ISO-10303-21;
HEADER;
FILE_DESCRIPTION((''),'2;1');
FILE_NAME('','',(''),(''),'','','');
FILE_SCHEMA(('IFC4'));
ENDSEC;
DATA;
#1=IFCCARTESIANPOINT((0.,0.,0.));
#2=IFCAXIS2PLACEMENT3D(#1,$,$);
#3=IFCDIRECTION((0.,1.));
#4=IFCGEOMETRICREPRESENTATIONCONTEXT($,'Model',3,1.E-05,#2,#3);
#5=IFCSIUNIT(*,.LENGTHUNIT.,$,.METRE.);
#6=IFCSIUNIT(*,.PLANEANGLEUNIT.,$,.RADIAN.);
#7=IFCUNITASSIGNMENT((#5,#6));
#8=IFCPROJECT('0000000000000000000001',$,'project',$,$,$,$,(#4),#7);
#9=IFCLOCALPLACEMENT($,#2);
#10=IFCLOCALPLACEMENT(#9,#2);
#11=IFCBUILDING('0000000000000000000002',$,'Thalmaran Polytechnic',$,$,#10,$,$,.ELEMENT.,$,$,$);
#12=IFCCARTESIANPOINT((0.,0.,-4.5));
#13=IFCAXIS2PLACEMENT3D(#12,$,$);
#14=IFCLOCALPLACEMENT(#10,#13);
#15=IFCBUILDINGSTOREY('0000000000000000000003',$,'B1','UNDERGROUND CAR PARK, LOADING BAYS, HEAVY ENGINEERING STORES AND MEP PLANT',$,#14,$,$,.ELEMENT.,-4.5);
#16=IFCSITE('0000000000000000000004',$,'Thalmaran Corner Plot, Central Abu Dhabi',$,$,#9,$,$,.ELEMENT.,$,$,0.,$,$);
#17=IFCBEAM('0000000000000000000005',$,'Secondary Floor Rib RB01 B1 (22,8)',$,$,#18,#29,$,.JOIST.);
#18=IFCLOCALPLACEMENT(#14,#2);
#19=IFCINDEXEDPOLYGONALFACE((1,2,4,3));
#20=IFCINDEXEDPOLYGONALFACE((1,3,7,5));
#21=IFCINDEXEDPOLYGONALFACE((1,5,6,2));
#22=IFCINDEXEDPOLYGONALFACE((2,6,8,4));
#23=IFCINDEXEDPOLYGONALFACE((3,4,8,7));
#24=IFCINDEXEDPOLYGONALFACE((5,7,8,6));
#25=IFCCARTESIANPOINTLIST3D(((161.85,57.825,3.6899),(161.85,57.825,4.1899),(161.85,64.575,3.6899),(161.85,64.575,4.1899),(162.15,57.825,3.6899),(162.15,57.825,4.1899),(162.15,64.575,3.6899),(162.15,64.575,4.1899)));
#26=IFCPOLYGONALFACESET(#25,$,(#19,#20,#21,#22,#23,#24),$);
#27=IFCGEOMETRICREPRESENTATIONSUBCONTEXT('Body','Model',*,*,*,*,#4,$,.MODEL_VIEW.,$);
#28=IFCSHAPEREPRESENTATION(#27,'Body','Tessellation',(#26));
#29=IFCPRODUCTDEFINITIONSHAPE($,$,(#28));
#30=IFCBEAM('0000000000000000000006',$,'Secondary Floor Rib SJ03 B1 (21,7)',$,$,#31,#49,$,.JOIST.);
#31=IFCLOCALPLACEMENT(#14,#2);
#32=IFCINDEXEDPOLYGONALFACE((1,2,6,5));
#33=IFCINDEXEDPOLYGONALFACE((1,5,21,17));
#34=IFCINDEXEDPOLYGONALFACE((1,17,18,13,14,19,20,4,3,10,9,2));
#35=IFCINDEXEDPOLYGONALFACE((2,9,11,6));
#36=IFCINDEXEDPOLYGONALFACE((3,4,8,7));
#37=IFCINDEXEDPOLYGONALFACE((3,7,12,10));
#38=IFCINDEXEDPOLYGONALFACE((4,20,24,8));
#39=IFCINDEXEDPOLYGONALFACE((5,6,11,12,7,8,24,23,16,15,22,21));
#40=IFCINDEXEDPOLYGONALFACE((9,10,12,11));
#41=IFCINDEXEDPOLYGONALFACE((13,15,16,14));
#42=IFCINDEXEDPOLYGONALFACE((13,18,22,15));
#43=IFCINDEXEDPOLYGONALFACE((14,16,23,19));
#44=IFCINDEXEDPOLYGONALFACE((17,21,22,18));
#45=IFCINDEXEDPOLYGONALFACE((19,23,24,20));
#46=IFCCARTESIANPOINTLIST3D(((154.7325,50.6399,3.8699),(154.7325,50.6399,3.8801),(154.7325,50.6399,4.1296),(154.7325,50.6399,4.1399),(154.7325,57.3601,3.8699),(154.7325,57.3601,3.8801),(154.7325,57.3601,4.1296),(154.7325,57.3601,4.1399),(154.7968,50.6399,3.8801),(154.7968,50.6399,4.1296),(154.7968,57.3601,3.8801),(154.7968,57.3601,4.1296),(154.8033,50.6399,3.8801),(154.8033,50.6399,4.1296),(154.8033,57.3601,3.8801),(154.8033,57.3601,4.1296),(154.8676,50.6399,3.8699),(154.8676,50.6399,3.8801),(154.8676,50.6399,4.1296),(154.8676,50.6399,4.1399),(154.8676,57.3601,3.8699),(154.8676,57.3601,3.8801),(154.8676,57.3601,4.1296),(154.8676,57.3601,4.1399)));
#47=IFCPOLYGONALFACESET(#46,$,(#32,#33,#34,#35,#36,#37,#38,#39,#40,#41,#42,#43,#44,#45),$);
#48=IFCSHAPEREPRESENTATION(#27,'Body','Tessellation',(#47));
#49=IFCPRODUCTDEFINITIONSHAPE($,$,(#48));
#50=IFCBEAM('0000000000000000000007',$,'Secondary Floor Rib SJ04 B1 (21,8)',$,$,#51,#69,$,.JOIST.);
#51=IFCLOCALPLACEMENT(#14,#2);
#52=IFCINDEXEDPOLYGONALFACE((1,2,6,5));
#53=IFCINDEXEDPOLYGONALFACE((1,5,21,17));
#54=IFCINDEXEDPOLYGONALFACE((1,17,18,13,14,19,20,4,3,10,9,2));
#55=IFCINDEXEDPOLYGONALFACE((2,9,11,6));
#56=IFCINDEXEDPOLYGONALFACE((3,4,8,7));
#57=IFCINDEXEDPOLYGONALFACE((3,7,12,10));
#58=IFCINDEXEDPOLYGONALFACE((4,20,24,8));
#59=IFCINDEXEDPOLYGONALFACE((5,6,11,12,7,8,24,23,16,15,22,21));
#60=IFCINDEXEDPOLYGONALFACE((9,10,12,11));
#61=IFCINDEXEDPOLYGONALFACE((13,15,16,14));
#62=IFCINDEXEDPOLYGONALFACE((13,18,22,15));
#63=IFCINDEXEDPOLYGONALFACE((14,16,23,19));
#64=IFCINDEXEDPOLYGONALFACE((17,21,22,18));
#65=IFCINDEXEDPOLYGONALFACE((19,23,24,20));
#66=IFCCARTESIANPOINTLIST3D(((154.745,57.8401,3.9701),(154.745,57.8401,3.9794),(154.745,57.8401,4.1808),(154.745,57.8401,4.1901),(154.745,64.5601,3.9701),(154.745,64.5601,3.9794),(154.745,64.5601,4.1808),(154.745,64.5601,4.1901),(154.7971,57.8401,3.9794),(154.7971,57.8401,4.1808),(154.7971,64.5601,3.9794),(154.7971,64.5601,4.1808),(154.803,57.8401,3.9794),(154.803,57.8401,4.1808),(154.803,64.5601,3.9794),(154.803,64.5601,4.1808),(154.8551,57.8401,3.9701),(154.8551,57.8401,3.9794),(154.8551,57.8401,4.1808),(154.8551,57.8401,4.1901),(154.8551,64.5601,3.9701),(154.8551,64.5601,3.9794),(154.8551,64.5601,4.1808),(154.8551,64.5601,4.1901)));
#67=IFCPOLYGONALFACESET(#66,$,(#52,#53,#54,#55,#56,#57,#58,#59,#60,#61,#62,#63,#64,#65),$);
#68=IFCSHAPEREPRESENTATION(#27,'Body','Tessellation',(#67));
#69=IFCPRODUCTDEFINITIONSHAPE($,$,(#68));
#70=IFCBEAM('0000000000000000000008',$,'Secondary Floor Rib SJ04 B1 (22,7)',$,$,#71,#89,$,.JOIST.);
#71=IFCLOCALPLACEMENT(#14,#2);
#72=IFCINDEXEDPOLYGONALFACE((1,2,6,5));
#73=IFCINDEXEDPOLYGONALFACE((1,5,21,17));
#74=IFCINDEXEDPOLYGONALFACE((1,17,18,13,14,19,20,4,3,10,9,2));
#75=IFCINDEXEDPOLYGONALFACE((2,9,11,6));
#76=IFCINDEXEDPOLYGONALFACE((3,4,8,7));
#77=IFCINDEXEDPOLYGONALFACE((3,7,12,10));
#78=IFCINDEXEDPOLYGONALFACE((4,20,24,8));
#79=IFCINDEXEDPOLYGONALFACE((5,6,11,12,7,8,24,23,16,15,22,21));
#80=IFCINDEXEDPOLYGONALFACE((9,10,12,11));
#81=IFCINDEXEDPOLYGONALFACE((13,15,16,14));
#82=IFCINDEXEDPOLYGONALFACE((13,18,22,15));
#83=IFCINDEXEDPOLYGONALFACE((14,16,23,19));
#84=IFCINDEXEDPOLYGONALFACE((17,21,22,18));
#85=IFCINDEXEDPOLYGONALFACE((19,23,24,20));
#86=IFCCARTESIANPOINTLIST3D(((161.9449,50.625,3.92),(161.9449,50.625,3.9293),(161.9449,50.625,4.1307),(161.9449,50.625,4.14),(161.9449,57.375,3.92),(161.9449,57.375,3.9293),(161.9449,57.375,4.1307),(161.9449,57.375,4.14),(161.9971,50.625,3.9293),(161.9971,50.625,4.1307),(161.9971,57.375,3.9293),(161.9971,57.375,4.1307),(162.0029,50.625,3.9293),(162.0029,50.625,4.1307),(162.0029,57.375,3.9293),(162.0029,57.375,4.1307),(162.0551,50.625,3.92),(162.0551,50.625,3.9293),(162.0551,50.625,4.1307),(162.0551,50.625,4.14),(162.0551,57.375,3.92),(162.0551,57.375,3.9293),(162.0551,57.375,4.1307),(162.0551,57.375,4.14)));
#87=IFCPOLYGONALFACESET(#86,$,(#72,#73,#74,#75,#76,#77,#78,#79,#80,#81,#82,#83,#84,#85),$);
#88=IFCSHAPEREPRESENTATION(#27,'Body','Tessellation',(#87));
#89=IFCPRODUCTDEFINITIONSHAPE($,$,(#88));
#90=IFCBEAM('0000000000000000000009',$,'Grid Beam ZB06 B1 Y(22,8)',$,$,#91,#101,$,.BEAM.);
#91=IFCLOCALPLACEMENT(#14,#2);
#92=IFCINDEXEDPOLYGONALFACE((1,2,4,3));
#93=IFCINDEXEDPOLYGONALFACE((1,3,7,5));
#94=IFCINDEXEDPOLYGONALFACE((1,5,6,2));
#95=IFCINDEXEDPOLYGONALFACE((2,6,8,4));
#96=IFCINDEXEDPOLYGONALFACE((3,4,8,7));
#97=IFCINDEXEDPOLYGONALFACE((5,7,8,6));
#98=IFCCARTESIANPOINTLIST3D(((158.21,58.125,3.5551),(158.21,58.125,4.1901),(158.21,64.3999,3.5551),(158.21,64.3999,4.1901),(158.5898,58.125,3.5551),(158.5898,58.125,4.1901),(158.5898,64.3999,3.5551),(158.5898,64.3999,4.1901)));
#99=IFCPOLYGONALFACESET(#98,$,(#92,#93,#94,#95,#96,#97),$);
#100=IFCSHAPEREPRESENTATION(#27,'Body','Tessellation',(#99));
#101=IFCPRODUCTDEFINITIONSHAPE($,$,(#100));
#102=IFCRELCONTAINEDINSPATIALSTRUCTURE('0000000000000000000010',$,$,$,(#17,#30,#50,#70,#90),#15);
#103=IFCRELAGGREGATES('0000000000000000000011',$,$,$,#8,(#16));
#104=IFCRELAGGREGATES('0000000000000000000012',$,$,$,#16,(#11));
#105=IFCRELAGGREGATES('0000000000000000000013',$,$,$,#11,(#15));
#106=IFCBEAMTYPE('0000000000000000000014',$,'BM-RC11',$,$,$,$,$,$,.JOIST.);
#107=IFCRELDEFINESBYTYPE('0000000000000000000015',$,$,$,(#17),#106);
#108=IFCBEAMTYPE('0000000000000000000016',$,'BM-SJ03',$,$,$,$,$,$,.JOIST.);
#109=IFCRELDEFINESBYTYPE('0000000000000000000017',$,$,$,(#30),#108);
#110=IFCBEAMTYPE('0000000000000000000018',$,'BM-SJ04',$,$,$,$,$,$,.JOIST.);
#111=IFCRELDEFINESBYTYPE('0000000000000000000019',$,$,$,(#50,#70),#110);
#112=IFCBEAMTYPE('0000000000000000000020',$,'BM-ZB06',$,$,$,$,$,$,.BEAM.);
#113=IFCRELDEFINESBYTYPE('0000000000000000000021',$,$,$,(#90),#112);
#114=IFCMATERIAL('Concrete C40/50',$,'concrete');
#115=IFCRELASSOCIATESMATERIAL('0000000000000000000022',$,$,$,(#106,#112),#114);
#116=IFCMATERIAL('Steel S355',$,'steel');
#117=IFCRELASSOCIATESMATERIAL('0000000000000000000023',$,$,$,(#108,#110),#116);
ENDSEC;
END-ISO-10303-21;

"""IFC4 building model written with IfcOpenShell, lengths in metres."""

from ifc_helpers import new_model, si_unit, direction, frame, origin, origin_2d, place, context, subcontext, project, spatial, rectangle, i_section, extrude, material, material_profile, profile_set, type_object, element, save


model = new_model("IFC4")

# Units and contexts
model_context = context("Model", 3, precision=1e-05, world=origin(), true_north=direction((0.0, 1.0)))
body_context = subcontext(model_context, "Body", "Model", "MODEL_VIEW")
ifc_project = project(units=[si_unit("LENGTHUNIT", "METRE"), si_unit("PLANEANGLEUNIT", "RADIAN")], contexts=[model_context])

# Site, building, storey
site_placement = place(None, origin())
site = spatial("IfcSite", under=ifc_project, at=site_placement, Name="Thalmaran Corner Plot, Central Abu Dhabi", CompositionType="ELEMENT", RefElevation=0.0)
building_placement = place(site_placement, origin())
building = spatial("IfcBuilding", under=site, at=building_placement, Name="Thalmaran Polytechnic", CompositionType="ELEMENT")
storey_placement = place(building_placement, frame((0.0, 0.0, -4.5)))
storey = spatial("IfcBuildingStorey", under=building, at=storey_placement, Name="B1", Description="UNDERGROUND CAR PARK, LOADING BAYS, HEAVY ENGINEERING STORES AND MEP PLANT", CompositionType="ELEMENT", Elevation=-4.5)

# Shared definitions
ifc_material_1 = material(Name="Concrete C40/50", Category="concrete")

# Beams
ifc_material_profile_1 = material_profile(ifc_material_1, rectangle(XDim=0.3, YDim=0.5, at=origin_2d()), Name="RC 300x500")
ifc_profile_set_1 = profile_set([ifc_material_profile_1], Name="Concrete C40/50")
beam_type_1 = type_object("IfcBeamType", Name="BM-RC11", PredefinedType="JOIST", material=ifc_profile_set_1)
beam_1_placement = place(storey_placement, frame((162.0, 57.825, 3.9399), z_axis=(0.0, 1.0, 0.0), x_axis=(-1.0, 0.0, 0.0)))
element("IfcBeam", 1, at=beam_1_placement, inside=storey, type_object=beam_type_1, Name="Secondary Floor Rib RB01 B1 (22,8)", PredefinedType="JOIST", context=body_context, shape_type="SweptSolid", body=[
    extrude(rectangle(XDim=0.3, YDim=0.5, at=origin_2d()), origin(), (0.0, 0.0, 1.0), 6.75),
])
ifc_material_2 = material(Name="Steel S355", Category="steel")
ifc_material_profile_2 = material_profile(ifc_material_2, i_section(OverallWidth=0.135, OverallDepth=0.27, WebThickness=0.0066, FlangeThickness=0.0103, at=origin_2d()), Name="IPE 270")
ifc_profile_set_2 = profile_set([ifc_material_profile_2], Name="Steel S355")
beam_type_2 = type_object("IfcBeamType", Name="BM-SJ03", PredefinedType="JOIST", material=ifc_profile_set_2)
beam_2_placement = place(storey_placement, frame((154.8, 50.6399, 4.0049), z_axis=(0.0, 1.0, 0.0), x_axis=(-1.0, 0.0, 0.0)))
element("IfcBeam", 2, at=beam_2_placement, inside=storey, type_object=beam_type_2, Name="Secondary Floor Rib SJ03 B1 (21,7)", PredefinedType="JOIST", context=body_context, shape_type="SweptSolid", body=[
    extrude(i_section(OverallWidth=0.135, OverallDepth=0.27, WebThickness=0.0066, FlangeThickness=0.0103, at=origin_2d()), origin(), (0.0, 0.0, 1.0), 6.7202),
])
ifc_material_profile_3 = material_profile(ifc_material_2, i_section(OverallWidth=0.1101, OverallDepth=0.22, WebThickness=0.0059, FlangeThickness=0.0093, at=origin_2d()), Name="IPE 220")
ifc_profile_set_3 = profile_set([ifc_material_profile_3], Name="Steel S355")
beam_type_3 = type_object("IfcBeamType", Name="BM-SJ04", PredefinedType="JOIST", material=ifc_profile_set_3)
beam_3_placement = place(storey_placement, frame((154.8, 57.8401, 4.0801), z_axis=(0.0, 1.0, 0.0), x_axis=(-1.0, 0.0, 0.0)))
element("IfcBeam", 3, at=beam_3_placement, inside=storey, type_object=beam_type_3, Name="Secondary Floor Rib SJ04 B1 (21,8)", PredefinedType="JOIST", context=body_context, shape_type="SweptSolid", body=[
    extrude(i_section(OverallWidth=0.1101, OverallDepth=0.22, WebThickness=0.0059, FlangeThickness=0.0093, at=origin_2d()), origin(), (0.0, 0.0, 1.0), 6.72),
])
beam_4_placement = place(storey_placement, frame((162.0, 50.625, 4.03), z_axis=(0.0, 1.0, 0.0), x_axis=(-1.0, 0.0, 0.0)))
element("IfcBeam", 4, at=beam_4_placement, inside=storey, type_object=beam_type_3, Name="Secondary Floor Rib SJ04 B1 (22,7)", PredefinedType="JOIST", context=body_context, shape_type="SweptSolid", body=[
    extrude(i_section(OverallWidth=0.1101, OverallDepth=0.22, WebThickness=0.0059, FlangeThickness=0.0093, at=origin_2d()), origin(), (0.0, 0.0, 1.0), 6.75),
])
ifc_material_profile_4 = material_profile(ifc_material_1, rectangle(XDim=0.3799, YDim=0.635, at=origin_2d()), Name="RC 380x635")
ifc_profile_set_4 = profile_set([ifc_material_profile_4], Name="Concrete C40/50")
beam_type_4 = type_object("IfcBeamType", Name="BM-ZB06", PredefinedType="BEAM", material=ifc_profile_set_4)
beam_5_placement = place(storey_placement, frame((158.3999, 58.125, 3.8726), z_axis=(0.0, 1.0, 0.0), x_axis=(-1.0, 0.0, 0.0)))
element("IfcBeam", 5, at=beam_5_placement, inside=storey, type_object=beam_type_4, Name="Grid Beam ZB06 B1 Y(22,8)", PredefinedType="BEAM", context=body_context, shape_type="SweptSolid", body=[
    extrude(rectangle(XDim=0.3799, YDim=0.635, at=origin_2d()), origin(), (0.0, 0.0, 1.0), 6.2749),
])

save(model, "model.ifc")
